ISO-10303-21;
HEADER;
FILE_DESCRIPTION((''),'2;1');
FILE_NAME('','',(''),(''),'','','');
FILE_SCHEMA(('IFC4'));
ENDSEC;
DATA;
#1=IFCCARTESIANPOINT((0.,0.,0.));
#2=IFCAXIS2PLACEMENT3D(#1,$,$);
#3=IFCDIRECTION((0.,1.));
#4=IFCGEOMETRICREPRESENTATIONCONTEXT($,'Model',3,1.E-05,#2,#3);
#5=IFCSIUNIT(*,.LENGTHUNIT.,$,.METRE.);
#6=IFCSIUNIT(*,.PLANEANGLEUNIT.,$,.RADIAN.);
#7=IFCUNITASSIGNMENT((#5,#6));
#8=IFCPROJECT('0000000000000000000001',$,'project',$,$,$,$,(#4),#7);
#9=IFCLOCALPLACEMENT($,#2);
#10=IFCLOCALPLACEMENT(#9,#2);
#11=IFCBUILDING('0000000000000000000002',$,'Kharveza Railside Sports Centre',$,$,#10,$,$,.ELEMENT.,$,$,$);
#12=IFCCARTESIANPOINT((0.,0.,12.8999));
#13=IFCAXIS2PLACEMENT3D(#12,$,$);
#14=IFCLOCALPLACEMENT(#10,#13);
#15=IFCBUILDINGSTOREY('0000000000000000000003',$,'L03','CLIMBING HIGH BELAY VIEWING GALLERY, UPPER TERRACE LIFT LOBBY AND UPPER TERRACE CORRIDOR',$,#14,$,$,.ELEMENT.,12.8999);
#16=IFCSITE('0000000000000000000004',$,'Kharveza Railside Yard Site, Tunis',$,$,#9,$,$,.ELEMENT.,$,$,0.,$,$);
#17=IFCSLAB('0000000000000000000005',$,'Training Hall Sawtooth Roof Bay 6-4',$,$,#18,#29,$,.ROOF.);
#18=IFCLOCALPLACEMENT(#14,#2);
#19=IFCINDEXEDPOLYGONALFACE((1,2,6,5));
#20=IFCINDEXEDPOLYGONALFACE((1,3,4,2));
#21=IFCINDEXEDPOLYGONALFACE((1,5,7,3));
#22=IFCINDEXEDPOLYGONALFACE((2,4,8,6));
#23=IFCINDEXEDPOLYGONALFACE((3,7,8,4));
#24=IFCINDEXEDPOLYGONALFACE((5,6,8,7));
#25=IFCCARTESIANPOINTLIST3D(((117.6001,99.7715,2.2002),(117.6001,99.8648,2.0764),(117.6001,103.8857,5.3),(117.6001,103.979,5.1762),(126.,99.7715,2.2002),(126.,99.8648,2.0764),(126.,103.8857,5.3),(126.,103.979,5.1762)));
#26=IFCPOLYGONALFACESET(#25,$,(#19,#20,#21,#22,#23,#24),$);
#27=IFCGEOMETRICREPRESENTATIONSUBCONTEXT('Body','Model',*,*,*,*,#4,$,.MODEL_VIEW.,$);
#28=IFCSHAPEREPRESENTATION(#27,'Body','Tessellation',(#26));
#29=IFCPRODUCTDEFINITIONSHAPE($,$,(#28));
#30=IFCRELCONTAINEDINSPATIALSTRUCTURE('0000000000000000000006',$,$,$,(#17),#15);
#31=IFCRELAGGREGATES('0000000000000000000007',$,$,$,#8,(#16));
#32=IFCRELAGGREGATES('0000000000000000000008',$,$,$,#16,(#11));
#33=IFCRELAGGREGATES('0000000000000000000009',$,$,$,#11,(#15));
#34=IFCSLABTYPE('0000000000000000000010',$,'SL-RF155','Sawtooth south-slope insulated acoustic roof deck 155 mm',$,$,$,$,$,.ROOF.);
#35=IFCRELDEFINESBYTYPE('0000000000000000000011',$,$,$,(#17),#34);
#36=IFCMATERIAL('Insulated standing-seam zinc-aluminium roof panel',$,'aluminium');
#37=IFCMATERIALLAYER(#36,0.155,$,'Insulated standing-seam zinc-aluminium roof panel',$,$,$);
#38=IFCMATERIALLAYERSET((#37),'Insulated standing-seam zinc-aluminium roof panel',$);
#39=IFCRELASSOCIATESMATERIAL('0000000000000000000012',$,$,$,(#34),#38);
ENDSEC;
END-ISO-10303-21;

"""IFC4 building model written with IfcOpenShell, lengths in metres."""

from ifc_helpers import new_model, si_unit, direction, frame, origin, place, context, subcontext, project, spatial, polyline, outline, extrude, material, layer, layer_set, type_object, element, save


model = new_model("IFC4")

# Units and contexts
model_context = context("Model", 3, precision=1e-05, world=origin(), true_north=direction((0.0, 1.0)))
body_context = subcontext(model_context, "Body", "Model", "MODEL_VIEW")
ifc_project = project(units=[si_unit("LENGTHUNIT", "METRE"), si_unit("PLANEANGLEUNIT", "RADIAN")], contexts=[model_context])

# Site, building, storey
site_placement = place(None, origin())
site = spatial("IfcSite", under=ifc_project, at=site_placement, Name="Kharveza Railside Yard Site, Tunis", CompositionType="ELEMENT", RefElevation=0.0)
building_placement = place(site_placement, origin())
building = spatial("IfcBuilding", under=site, at=building_placement, Name="Kharveza Railside Sports Centre", CompositionType="ELEMENT")
storey_placement = place(building_placement, frame((0.0, 0.0, 12.8999)))
storey = spatial("IfcBuildingStorey", under=building, at=storey_placement, Name="L03", Description="CLIMBING HIGH BELAY VIEWING GALLERY, UPPER TERRACE LIFT LOBBY AND UPPER TERRACE CORRIDOR", CompositionType="ELEMENT", Elevation=12.8999)

# Slab
ifc_material_1 = material(Name="Insulated standing-seam zinc-aluminium roof panel", Category="aluminium")
ifc_layer_1 = layer(ifc_material_1, 0.155, Name="Insulated standing-seam zinc-aluminium roof panel")
ifc_layer_set_1 = layer_set([ifc_layer_1], Name="Insulated standing-seam zinc-aluminium roof panel")
slab_type = type_object("IfcSlabType", Name="SL-RF155", Description="Sawtooth south-slope insulated acoustic roof deck 155 mm", PredefinedType="ROOF", material=ifc_layer_set_1)
slab_1_placement = place(storey_placement, frame((117.6001, 99.7715, 2.2002), z_axis=(0.0, -0.601758, 0.798679), x_axis=(1.0, 0.0, 0.0)))
element("IfcSlab", 1, at=slab_1_placement, inside=storey, type_object=slab_type, Name="Training Hall Sawtooth Roof Bay 6-4", PredefinedType="ROOF", context=body_context, shape_type="SweptSolid", body=[
    extrude(outline(polyline([(0.0, 0.0), (8.3999, 0.0), (8.3999, 5.1513), (0.0, 5.1513), (0.0, 0.0)])), origin(), (0.0, 0.0, -1.0), 0.155),
])

save(model, "model.ifc")
